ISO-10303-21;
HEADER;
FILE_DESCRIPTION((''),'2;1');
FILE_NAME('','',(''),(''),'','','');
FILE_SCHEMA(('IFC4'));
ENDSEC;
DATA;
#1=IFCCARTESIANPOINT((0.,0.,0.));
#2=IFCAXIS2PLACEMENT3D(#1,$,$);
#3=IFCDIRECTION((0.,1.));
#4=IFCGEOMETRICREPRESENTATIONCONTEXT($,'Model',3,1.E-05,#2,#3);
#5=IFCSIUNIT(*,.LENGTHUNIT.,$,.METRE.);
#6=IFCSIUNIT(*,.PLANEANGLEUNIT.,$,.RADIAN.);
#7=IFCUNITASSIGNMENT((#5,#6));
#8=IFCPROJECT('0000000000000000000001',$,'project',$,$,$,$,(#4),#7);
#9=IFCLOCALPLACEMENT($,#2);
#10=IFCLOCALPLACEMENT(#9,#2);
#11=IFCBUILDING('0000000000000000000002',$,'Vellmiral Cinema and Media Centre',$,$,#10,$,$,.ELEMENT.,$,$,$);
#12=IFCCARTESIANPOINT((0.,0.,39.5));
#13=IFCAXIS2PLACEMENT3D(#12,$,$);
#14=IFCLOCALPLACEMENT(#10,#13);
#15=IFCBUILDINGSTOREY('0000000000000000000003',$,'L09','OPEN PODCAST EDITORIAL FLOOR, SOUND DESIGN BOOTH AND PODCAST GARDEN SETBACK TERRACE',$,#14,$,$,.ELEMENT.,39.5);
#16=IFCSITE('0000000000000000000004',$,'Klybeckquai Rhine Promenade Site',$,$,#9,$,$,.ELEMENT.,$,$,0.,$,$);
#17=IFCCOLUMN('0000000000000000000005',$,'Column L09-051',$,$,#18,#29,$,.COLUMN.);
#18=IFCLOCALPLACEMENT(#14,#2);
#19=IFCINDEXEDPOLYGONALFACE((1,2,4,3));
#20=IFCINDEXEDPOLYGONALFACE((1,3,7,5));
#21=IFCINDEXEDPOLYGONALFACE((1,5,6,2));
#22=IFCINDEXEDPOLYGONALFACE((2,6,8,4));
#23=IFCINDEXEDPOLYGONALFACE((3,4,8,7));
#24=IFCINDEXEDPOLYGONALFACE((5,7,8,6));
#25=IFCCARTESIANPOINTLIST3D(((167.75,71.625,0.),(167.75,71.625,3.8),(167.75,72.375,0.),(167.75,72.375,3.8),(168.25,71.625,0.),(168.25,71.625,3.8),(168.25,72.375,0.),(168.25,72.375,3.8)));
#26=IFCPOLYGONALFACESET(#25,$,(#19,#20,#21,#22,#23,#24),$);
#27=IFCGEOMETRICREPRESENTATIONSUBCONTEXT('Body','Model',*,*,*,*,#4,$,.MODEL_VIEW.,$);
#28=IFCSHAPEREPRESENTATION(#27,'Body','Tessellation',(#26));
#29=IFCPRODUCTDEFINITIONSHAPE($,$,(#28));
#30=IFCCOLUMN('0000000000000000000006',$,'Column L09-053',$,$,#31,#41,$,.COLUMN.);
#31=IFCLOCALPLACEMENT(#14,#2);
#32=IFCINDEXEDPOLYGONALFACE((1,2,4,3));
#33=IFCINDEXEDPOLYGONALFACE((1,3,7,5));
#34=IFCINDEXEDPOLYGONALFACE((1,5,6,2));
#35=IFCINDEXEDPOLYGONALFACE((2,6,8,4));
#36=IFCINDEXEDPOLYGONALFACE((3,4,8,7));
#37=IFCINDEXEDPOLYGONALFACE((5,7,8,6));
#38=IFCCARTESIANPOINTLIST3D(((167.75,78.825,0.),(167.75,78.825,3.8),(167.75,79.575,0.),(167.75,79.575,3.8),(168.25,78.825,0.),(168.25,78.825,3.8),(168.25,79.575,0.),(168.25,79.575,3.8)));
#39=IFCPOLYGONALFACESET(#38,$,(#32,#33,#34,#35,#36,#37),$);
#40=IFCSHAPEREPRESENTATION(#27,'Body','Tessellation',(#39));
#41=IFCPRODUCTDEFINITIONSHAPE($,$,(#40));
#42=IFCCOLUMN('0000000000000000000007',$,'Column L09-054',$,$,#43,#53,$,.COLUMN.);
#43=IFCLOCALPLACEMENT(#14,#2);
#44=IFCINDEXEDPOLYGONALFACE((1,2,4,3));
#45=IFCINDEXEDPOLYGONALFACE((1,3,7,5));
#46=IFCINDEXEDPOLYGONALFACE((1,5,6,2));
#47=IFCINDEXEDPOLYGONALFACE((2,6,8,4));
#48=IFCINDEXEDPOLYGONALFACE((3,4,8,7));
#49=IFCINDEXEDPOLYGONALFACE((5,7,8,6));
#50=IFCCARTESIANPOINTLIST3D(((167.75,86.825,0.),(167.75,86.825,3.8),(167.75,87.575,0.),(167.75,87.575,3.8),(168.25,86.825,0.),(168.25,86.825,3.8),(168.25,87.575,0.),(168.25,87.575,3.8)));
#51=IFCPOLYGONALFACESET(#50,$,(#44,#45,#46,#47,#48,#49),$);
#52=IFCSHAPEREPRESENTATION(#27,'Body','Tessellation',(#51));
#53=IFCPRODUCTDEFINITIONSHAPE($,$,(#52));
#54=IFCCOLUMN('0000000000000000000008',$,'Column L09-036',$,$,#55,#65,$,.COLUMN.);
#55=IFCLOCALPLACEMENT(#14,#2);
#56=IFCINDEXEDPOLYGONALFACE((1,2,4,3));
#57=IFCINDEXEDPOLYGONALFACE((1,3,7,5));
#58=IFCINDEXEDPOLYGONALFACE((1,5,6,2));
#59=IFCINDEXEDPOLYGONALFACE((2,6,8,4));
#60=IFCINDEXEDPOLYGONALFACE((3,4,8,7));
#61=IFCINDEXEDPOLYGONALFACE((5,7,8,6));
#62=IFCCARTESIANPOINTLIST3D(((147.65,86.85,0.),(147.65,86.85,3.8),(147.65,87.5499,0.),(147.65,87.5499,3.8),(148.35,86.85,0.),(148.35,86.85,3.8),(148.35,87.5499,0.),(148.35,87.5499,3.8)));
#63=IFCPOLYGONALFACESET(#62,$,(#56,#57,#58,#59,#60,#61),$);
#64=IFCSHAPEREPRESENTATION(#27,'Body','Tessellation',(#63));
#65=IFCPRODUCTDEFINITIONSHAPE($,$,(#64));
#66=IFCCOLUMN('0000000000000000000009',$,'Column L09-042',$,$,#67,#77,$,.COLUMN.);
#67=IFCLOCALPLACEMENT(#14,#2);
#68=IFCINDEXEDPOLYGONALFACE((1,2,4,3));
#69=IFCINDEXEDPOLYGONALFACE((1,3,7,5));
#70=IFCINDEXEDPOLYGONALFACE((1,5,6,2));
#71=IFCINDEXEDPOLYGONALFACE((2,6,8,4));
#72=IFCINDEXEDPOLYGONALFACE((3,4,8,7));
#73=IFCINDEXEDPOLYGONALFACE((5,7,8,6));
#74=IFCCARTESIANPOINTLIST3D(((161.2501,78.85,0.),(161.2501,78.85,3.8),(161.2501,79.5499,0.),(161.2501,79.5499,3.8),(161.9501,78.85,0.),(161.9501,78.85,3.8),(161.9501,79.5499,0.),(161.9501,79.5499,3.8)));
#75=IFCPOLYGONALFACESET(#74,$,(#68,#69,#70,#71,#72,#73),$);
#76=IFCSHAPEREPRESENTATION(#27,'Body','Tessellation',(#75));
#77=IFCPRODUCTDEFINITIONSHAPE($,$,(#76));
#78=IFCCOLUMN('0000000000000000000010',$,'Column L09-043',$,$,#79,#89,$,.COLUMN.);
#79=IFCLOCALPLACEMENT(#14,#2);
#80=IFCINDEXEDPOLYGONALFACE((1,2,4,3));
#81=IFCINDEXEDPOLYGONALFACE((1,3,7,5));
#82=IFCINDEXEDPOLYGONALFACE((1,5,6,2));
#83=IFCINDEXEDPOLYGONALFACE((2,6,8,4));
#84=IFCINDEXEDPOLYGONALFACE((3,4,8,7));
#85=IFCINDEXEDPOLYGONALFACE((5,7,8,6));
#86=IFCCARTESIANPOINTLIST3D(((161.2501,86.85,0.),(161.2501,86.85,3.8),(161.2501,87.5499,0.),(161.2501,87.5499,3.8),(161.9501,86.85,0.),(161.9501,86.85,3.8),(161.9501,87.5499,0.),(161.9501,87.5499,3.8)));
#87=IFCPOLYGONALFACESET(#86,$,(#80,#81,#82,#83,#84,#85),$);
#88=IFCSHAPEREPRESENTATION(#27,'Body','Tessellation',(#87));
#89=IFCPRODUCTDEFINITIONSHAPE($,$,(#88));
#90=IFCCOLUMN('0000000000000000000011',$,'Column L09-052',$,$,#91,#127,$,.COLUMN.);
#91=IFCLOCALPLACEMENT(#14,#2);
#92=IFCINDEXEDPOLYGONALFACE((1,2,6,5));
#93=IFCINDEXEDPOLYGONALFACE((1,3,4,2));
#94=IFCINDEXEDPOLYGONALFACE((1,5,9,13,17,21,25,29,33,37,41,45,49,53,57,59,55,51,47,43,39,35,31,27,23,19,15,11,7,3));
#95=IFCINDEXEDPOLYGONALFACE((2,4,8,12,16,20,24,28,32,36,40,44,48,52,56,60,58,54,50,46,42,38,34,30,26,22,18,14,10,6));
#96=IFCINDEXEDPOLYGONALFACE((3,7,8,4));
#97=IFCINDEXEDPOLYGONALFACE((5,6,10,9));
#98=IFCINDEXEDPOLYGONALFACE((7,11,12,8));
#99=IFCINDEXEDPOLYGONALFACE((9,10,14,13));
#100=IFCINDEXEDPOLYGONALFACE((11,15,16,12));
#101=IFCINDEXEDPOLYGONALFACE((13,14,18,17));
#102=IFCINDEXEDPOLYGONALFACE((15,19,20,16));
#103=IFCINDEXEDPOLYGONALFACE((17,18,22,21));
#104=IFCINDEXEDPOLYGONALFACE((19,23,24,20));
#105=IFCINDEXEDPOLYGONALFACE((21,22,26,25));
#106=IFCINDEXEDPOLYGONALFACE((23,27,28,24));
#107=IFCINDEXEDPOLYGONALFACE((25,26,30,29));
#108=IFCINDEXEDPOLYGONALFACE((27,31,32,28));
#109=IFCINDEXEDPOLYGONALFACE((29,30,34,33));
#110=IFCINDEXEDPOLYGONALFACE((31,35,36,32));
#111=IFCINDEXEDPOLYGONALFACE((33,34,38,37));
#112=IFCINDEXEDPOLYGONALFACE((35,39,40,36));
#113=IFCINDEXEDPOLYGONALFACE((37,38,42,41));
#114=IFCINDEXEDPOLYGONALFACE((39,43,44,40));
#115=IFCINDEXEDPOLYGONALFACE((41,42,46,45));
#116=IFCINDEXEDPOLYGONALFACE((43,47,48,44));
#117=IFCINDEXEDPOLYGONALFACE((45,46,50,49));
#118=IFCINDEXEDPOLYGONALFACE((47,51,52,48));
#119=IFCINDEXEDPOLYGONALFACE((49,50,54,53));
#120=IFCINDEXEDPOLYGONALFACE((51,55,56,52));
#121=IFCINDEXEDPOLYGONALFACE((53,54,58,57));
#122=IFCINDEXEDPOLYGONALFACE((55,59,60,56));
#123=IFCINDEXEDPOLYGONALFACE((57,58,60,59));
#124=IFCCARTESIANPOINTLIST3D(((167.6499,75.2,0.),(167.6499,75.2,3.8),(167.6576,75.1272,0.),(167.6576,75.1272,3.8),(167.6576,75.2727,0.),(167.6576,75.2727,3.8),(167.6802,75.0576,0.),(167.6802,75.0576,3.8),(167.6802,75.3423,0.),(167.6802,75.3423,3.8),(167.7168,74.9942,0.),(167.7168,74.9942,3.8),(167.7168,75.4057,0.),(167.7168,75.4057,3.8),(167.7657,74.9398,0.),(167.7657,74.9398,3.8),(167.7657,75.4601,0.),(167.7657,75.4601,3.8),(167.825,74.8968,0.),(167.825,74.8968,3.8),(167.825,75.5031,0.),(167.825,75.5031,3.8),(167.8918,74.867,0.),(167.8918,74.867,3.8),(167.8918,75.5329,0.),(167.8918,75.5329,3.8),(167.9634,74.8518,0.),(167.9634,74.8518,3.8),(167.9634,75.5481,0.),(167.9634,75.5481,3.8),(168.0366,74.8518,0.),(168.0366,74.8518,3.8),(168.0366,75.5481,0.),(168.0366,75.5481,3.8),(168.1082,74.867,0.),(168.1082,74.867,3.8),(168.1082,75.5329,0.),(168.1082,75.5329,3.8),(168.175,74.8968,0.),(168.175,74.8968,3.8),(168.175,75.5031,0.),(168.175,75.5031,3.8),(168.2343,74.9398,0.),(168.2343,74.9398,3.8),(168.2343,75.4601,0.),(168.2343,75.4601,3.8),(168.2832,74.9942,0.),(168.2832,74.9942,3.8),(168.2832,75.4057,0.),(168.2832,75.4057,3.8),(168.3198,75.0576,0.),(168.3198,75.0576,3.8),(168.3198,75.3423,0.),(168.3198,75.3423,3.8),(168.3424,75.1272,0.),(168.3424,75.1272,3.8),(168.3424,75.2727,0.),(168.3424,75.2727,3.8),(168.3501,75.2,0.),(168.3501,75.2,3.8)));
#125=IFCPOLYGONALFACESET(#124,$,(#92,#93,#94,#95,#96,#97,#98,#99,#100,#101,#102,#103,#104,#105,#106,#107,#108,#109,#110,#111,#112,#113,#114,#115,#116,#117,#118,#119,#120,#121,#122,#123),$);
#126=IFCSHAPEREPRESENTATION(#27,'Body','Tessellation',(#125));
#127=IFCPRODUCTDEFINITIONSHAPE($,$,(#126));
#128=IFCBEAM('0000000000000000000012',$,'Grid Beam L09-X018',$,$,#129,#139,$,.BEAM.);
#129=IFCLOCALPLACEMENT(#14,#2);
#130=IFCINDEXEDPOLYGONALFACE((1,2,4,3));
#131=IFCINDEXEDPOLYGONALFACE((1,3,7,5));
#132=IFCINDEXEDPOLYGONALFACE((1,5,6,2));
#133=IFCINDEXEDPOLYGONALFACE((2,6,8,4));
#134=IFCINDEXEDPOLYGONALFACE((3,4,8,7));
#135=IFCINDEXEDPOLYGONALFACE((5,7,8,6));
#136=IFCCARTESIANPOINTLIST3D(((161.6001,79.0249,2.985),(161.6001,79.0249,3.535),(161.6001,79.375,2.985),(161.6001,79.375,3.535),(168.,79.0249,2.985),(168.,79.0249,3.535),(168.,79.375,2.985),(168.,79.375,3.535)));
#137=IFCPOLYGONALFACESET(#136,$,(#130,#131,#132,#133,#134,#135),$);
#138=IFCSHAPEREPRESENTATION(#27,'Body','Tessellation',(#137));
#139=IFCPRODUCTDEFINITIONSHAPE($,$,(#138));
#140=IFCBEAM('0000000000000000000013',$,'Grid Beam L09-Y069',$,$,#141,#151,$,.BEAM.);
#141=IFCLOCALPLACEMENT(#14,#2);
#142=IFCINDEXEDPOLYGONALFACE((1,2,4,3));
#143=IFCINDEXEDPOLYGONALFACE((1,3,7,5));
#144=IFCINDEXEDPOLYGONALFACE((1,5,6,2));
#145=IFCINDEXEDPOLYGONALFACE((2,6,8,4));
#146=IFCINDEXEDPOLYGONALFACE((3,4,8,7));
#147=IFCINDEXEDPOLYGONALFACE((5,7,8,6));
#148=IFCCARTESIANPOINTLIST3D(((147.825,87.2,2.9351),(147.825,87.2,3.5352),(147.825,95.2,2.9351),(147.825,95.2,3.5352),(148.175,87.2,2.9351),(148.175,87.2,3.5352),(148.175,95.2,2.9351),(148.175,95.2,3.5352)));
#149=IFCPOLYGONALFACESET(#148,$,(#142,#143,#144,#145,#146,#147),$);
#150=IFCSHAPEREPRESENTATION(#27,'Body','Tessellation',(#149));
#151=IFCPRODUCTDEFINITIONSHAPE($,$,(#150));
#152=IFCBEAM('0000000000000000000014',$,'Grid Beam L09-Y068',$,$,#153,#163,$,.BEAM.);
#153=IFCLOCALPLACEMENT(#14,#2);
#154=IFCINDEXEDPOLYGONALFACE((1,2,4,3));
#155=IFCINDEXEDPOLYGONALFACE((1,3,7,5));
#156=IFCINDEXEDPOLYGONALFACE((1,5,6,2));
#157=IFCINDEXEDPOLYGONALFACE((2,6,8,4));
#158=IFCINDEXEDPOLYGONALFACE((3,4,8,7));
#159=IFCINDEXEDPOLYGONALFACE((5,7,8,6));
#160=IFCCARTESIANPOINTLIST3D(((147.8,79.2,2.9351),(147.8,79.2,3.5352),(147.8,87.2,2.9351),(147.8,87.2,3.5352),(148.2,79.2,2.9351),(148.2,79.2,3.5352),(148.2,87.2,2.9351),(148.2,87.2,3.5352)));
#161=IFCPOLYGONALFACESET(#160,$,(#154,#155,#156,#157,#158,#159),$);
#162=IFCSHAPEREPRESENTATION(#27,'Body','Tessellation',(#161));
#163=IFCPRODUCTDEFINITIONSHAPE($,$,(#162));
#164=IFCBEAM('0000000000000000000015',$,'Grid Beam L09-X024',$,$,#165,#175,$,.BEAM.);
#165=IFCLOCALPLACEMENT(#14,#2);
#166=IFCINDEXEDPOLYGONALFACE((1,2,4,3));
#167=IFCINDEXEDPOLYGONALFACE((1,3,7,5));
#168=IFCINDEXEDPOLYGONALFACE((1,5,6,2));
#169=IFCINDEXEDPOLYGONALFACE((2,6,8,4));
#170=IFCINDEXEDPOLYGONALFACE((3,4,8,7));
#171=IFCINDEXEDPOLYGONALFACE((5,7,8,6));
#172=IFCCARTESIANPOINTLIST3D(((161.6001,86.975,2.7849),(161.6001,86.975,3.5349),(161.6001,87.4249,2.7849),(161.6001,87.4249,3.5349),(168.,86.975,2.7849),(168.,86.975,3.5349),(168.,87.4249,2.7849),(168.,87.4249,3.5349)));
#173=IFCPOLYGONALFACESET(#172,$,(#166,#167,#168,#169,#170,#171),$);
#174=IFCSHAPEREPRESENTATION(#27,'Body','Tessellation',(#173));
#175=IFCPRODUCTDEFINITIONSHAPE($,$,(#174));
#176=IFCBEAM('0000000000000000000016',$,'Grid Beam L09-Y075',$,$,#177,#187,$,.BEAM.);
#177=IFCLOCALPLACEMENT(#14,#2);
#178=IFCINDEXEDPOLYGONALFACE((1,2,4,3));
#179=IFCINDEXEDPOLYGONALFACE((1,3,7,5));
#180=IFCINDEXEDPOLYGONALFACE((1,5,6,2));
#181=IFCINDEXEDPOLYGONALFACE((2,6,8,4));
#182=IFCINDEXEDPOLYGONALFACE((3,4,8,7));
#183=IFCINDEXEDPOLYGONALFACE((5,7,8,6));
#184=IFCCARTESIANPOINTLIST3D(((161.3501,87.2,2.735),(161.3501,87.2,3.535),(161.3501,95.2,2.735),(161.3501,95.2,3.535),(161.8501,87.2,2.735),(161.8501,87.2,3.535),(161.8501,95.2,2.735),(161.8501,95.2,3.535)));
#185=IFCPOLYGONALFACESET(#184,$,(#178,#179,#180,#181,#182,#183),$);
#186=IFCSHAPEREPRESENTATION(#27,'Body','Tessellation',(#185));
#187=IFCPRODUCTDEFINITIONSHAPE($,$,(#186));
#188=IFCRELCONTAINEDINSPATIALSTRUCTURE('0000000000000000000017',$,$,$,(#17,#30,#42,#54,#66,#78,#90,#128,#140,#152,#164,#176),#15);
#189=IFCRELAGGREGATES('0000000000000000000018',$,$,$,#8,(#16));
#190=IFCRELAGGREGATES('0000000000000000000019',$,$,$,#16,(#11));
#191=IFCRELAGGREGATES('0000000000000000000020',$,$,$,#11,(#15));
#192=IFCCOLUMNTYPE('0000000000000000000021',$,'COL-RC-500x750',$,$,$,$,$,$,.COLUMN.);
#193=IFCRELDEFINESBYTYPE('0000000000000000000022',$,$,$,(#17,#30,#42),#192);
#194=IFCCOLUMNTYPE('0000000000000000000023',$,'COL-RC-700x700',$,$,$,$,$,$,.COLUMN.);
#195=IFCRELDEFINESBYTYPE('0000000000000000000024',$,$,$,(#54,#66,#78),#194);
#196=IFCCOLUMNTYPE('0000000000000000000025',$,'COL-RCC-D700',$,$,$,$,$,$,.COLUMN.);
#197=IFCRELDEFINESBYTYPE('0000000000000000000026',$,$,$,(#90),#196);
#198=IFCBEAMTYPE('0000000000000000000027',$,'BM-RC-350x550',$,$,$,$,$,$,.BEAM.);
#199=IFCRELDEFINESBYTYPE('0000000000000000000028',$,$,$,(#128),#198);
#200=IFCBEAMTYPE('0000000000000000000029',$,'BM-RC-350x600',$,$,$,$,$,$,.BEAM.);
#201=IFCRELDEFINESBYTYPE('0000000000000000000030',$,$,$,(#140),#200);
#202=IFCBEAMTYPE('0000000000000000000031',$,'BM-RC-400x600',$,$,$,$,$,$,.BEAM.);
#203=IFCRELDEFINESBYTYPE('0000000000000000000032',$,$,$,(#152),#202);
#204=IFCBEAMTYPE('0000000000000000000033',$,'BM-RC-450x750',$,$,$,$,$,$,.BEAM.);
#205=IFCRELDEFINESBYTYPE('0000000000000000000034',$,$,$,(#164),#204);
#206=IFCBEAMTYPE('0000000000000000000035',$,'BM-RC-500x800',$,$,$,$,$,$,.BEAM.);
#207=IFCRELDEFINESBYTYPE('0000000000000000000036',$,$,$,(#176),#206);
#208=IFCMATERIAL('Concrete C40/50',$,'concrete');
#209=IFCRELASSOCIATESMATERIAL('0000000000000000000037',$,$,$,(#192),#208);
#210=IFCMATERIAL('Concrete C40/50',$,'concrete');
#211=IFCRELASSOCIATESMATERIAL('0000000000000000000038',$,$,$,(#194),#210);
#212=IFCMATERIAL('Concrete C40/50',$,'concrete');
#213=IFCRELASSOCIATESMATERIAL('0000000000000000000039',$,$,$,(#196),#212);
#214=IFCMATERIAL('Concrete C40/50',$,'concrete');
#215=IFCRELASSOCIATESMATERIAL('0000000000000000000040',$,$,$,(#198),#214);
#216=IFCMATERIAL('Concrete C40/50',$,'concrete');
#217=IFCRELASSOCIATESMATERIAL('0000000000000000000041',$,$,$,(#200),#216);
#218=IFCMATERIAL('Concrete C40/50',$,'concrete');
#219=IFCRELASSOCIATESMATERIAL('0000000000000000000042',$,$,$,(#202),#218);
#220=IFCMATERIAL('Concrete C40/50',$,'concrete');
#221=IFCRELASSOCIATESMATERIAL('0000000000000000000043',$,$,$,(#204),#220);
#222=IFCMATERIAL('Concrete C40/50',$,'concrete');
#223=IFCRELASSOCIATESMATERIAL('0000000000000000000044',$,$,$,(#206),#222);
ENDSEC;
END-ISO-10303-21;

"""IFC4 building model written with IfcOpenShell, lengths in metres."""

from ifc_helpers import new_model, si_unit, direction, frame, origin, origin_2d, place, context, subcontext, project, spatial, rectangle, circle, extrude, material, material_profile, profile_set, type_object, element, save


model = new_model("IFC4")

# Units and contexts
model_context = context("Model", 3, precision=1e-05, world=origin(), true_north=direction((0.0, 1.0)))
body_context = subcontext(model_context, "Body", "Model", "MODEL_VIEW")
ifc_project = project(units=[si_unit("LENGTHUNIT", "METRE"), si_unit("PLANEANGLEUNIT", "RADIAN")], contexts=[model_context])

# Site, building, storey
site_placement = place(None, origin())
site = spatial("IfcSite", under=ifc_project, at=site_placement, Name="Klybeckquai Rhine Promenade Site", CompositionType="ELEMENT", RefElevation=0.0)
building_placement = place(site_placement, origin())
building = spatial("IfcBuilding", under=site, at=building_placement, Name="Vellmiral Cinema and Media Centre", CompositionType="ELEMENT")
storey_placement = place(building_placement, frame((0.0, 0.0, 39.5)))
storey = spatial("IfcBuildingStorey", under=building, at=storey_placement, Name="L09", Description="OPEN PODCAST EDITORIAL FLOOR, SOUND DESIGN BOOTH AND PODCAST GARDEN SETBACK TERRACE", CompositionType="ELEMENT", Elevation=39.5)

# Columns
ifc_material_1 = material(Name="Concrete C40/50", Category="concrete")
ifc_material_profile_1 = material_profile(ifc_material_1, rectangle(XDim=0.5, YDim=0.75, at=origin_2d()), Name="RC 500x750")
ifc_profile_set_1 = profile_set([ifc_material_profile_1], Name="Concrete C40/50")
column_type_1 = type_object("IfcColumnType", Name="COL-RC-500x750", PredefinedType="COLUMN", material=ifc_profile_set_1)
for number, where, z_axis, x_axis, name in (
    (1, (168.0, 72.0, 0.0), (0.0, 0.0, 1.0), (1.0, 0.0, 0.0), "Column L09-051"),
    (2, (168.0, 79.2, 0.0), (0.0, 0.0, 1.0), (1.0, 0.0, 0.0), "Column L09-053"),
    (3, (168.0, 87.2, 0.0), (0.0, 0.0, 1.0), (1.0, 0.0, 0.0), "Column L09-054"),
):
    element("IfcColumn", number, at=place(storey_placement, frame(where, z_axis=z_axis, x_axis=x_axis)), inside=storey, type_object=column_type_1, Name=name, PredefinedType="COLUMN", context=body_context, shape_type="SweptSolid", body=[
        extrude(rectangle(XDim=0.5, YDim=0.75, at=origin_2d()), origin(), (0.0, 0.0, 1.0), 3.8),
    ])
ifc_material_2 = material(Name="Concrete C40/50", Category="concrete")
ifc_material_profile_2 = material_profile(ifc_material_2, rectangle(XDim=0.7, YDim=0.7, at=origin_2d()), Name="RC 700x700")
ifc_profile_set_2 = profile_set([ifc_material_profile_2], Name="Concrete C40/50")
column_type_2 = type_object("IfcColumnType", Name="COL-RC-700x700", PredefinedType="COLUMN", material=ifc_profile_set_2)
for number, where, z_axis, x_axis, name in (
    (4, (148.0, 87.2, 0.0), (0.0, 0.0, 1.0), (1.0, 0.0, 0.0), "Column L09-036"),
    (5, (161.6001, 79.2, 0.0), (0.0, 0.0, 1.0), (1.0, 0.0, 0.0), "Column L09-042"),
    (6, (161.6001, 87.2, 0.0), (0.0, 0.0, 1.0), (1.0, 0.0, 0.0), "Column L09-043"),
):
    element("IfcColumn", number, at=place(storey_placement, frame(where, z_axis=z_axis, x_axis=x_axis)), inside=storey, type_object=column_type_2, Name=name, PredefinedType="COLUMN", context=body_context, shape_type="SweptSolid", body=[
        extrude(rectangle(XDim=0.7, YDim=0.7, at=origin_2d()), origin(), (0.0, 0.0, 1.0), 3.8),
    ])
ifc_material_3 = material(Name="Concrete C40/50", Category="concrete")
ifc_material_profile_3 = material_profile(ifc_material_3, circle(Radius=0.3501, at=origin_2d()), Name="RC D700")
ifc_profile_set_3 = profile_set([ifc_material_profile_3], Name="Concrete C40/50")
column_type_3 = type_object("IfcColumnType", Name="COL-RCC-D700", PredefinedType="COLUMN", material=ifc_profile_set_3)
column_placement = place(storey_placement, frame((168.0, 75.2, 0.0), z_axis=(0.0, 0.0, 1.0), x_axis=(1.0, 0.0, 0.0)))
element("IfcColumn", 7, at=column_placement, inside=storey, type_object=column_type_3, Name="Column L09-052", PredefinedType="COLUMN", context=body_context, shape_type="SweptSolid", body=[
    extrude(circle(Radius=0.3501, at=origin_2d()), origin(), (0.0, 0.0, 1.0), 3.8),
])

# Beams
ifc_material_4 = material(Name="Concrete C40/50", Category="concrete")
ifc_material_profile_4 = material_profile(ifc_material_4, rectangle(XDim=0.3501, YDim=0.55, at=origin_2d()), Name="RC 350x550")
ifc_profile_set_4 = profile_set([ifc_material_profile_4], Name="Concrete C40/50")
beam_type_1 = type_object("IfcBeamType", Name="BM-RC-350x550", PredefinedType="BEAM", material=ifc_profile_set_4)
beam_1_placement = place(storey_placement, frame((161.6001, 79.2, 3.26), z_axis=(1.0, 0.0, 0.0), x_axis=(0.0, 1.0, 0.0)))
element("IfcBeam", 8, at=beam_1_placement, inside=storey, type_object=beam_type_1, Name="Grid Beam L09-X018", PredefinedType="BEAM", context=body_context, shape_type="SweptSolid", body=[
    extrude(rectangle(XDim=0.3501, YDim=0.55, at=origin_2d()), origin(), (0.0, 0.0, 1.0), 6.3999),
])
ifc_material_5 = material(Name="Concrete C40/50", Category="concrete")
ifc_material_profile_5 = material_profile(ifc_material_5, rectangle(XDim=0.3501, YDim=0.6001, at=origin_2d()), Name="RC 350x600")
ifc_profile_set_5 = profile_set([ifc_material_profile_5], Name="Concrete C40/50")
beam_type_2 = type_object("IfcBeamType", Name="BM-RC-350x600", PredefinedType="BEAM", material=ifc_profile_set_5)
beam_2_placement = place(storey_placement, frame((148.0, 87.2, 3.2351), z_axis=(0.0, 1.0, 0.0), x_axis=(-1.0, 0.0, 0.0)))
element("IfcBeam", 9, at=beam_2_placement, inside=storey, type_object=beam_type_2, Name="Grid Beam L09-Y069", PredefinedType="BEAM", context=body_context, shape_type="SweptSolid", body=[
    extrude(rectangle(XDim=0.3501, YDim=0.6001, at=origin_2d()), origin(), (0.0, 0.0, 1.0), 8.0),
])
ifc_material_6 = material(Name="Concrete C40/50", Category="concrete")
ifc_material_profile_6 = material_profile(ifc_material_6, rectangle(XDim=0.3999, YDim=0.6001, at=origin_2d()), Name="RC 400x600")
ifc_profile_set_6 = profile_set([ifc_material_profile_6], Name="Concrete C40/50")
beam_type_3 = type_object("IfcBeamType", Name="BM-RC-400x600", PredefinedType="BEAM", material=ifc_profile_set_6)
beam_3_placement = place(storey_placement, frame((148.0, 79.2, 3.2351), z_axis=(0.0, 1.0, 0.0), x_axis=(-1.0, 0.0, 0.0)))
element("IfcBeam", 10, at=beam_3_placement, inside=storey, type_object=beam_type_3, Name="Grid Beam L09-Y068", PredefinedType="BEAM", context=body_context, shape_type="SweptSolid", body=[
    extrude(rectangle(XDim=0.3999, YDim=0.6001, at=origin_2d()), origin(), (0.0, 0.0, 1.0), 8.0),
])
ifc_material_7 = material(Name="Concrete C40/50", Category="concrete")
ifc_material_profile_7 = material_profile(ifc_material_7, rectangle(XDim=0.45, YDim=0.75, at=origin_2d()), Name="RC 450x750")
ifc_profile_set_7 = profile_set([ifc_material_profile_7], Name="Concrete C40/50")
beam_type_4 = type_object("IfcBeamType", Name="BM-RC-450x750", PredefinedType="BEAM", material=ifc_profile_set_7)
beam_4_placement = place(storey_placement, frame((161.6001, 87.2, 3.1599), z_axis=(1.0, 0.0, 0.0), x_axis=(0.0, 1.0, 0.0)))
element("IfcBeam", 11, at=beam_4_placement, inside=storey, type_object=beam_type_4, Name="Grid Beam L09-X024", PredefinedType="BEAM", context=body_context, shape_type="SweptSolid", body=[
    extrude(rectangle(XDim=0.45, YDim=0.75, at=origin_2d()), origin(), (0.0, 0.0, 1.0), 6.3999),
])
ifc_material_8 = material(Name="Concrete C40/50", Category="concrete")
ifc_material_profile_8 = material_profile(ifc_material_8, rectangle(XDim=0.5, YDim=0.8, at=origin_2d()), Name="RC 500x800")
ifc_profile_set_8 = profile_set([ifc_material_profile_8], Name="Concrete C40/50")
beam_type_5 = type_object("IfcBeamType", Name="BM-RC-500x800", PredefinedType="BEAM", material=ifc_profile_set_8)
beam_5_placement = place(storey_placement, frame((161.6001, 87.2, 3.135), z_axis=(0.0, 1.0, 0.0), x_axis=(-1.0, 0.0, 0.0)))
element("IfcBeam", 12, at=beam_5_placement, inside=storey, type_object=beam_type_5, Name="Grid Beam L09-Y075", PredefinedType="BEAM", context=body_context, shape_type="SweptSolid", body=[
    extrude(rectangle(XDim=0.5, YDim=0.8, at=origin_2d()), origin(), (0.0, 0.0, 1.0), 8.0),
])

save(model, "model.ifc")
